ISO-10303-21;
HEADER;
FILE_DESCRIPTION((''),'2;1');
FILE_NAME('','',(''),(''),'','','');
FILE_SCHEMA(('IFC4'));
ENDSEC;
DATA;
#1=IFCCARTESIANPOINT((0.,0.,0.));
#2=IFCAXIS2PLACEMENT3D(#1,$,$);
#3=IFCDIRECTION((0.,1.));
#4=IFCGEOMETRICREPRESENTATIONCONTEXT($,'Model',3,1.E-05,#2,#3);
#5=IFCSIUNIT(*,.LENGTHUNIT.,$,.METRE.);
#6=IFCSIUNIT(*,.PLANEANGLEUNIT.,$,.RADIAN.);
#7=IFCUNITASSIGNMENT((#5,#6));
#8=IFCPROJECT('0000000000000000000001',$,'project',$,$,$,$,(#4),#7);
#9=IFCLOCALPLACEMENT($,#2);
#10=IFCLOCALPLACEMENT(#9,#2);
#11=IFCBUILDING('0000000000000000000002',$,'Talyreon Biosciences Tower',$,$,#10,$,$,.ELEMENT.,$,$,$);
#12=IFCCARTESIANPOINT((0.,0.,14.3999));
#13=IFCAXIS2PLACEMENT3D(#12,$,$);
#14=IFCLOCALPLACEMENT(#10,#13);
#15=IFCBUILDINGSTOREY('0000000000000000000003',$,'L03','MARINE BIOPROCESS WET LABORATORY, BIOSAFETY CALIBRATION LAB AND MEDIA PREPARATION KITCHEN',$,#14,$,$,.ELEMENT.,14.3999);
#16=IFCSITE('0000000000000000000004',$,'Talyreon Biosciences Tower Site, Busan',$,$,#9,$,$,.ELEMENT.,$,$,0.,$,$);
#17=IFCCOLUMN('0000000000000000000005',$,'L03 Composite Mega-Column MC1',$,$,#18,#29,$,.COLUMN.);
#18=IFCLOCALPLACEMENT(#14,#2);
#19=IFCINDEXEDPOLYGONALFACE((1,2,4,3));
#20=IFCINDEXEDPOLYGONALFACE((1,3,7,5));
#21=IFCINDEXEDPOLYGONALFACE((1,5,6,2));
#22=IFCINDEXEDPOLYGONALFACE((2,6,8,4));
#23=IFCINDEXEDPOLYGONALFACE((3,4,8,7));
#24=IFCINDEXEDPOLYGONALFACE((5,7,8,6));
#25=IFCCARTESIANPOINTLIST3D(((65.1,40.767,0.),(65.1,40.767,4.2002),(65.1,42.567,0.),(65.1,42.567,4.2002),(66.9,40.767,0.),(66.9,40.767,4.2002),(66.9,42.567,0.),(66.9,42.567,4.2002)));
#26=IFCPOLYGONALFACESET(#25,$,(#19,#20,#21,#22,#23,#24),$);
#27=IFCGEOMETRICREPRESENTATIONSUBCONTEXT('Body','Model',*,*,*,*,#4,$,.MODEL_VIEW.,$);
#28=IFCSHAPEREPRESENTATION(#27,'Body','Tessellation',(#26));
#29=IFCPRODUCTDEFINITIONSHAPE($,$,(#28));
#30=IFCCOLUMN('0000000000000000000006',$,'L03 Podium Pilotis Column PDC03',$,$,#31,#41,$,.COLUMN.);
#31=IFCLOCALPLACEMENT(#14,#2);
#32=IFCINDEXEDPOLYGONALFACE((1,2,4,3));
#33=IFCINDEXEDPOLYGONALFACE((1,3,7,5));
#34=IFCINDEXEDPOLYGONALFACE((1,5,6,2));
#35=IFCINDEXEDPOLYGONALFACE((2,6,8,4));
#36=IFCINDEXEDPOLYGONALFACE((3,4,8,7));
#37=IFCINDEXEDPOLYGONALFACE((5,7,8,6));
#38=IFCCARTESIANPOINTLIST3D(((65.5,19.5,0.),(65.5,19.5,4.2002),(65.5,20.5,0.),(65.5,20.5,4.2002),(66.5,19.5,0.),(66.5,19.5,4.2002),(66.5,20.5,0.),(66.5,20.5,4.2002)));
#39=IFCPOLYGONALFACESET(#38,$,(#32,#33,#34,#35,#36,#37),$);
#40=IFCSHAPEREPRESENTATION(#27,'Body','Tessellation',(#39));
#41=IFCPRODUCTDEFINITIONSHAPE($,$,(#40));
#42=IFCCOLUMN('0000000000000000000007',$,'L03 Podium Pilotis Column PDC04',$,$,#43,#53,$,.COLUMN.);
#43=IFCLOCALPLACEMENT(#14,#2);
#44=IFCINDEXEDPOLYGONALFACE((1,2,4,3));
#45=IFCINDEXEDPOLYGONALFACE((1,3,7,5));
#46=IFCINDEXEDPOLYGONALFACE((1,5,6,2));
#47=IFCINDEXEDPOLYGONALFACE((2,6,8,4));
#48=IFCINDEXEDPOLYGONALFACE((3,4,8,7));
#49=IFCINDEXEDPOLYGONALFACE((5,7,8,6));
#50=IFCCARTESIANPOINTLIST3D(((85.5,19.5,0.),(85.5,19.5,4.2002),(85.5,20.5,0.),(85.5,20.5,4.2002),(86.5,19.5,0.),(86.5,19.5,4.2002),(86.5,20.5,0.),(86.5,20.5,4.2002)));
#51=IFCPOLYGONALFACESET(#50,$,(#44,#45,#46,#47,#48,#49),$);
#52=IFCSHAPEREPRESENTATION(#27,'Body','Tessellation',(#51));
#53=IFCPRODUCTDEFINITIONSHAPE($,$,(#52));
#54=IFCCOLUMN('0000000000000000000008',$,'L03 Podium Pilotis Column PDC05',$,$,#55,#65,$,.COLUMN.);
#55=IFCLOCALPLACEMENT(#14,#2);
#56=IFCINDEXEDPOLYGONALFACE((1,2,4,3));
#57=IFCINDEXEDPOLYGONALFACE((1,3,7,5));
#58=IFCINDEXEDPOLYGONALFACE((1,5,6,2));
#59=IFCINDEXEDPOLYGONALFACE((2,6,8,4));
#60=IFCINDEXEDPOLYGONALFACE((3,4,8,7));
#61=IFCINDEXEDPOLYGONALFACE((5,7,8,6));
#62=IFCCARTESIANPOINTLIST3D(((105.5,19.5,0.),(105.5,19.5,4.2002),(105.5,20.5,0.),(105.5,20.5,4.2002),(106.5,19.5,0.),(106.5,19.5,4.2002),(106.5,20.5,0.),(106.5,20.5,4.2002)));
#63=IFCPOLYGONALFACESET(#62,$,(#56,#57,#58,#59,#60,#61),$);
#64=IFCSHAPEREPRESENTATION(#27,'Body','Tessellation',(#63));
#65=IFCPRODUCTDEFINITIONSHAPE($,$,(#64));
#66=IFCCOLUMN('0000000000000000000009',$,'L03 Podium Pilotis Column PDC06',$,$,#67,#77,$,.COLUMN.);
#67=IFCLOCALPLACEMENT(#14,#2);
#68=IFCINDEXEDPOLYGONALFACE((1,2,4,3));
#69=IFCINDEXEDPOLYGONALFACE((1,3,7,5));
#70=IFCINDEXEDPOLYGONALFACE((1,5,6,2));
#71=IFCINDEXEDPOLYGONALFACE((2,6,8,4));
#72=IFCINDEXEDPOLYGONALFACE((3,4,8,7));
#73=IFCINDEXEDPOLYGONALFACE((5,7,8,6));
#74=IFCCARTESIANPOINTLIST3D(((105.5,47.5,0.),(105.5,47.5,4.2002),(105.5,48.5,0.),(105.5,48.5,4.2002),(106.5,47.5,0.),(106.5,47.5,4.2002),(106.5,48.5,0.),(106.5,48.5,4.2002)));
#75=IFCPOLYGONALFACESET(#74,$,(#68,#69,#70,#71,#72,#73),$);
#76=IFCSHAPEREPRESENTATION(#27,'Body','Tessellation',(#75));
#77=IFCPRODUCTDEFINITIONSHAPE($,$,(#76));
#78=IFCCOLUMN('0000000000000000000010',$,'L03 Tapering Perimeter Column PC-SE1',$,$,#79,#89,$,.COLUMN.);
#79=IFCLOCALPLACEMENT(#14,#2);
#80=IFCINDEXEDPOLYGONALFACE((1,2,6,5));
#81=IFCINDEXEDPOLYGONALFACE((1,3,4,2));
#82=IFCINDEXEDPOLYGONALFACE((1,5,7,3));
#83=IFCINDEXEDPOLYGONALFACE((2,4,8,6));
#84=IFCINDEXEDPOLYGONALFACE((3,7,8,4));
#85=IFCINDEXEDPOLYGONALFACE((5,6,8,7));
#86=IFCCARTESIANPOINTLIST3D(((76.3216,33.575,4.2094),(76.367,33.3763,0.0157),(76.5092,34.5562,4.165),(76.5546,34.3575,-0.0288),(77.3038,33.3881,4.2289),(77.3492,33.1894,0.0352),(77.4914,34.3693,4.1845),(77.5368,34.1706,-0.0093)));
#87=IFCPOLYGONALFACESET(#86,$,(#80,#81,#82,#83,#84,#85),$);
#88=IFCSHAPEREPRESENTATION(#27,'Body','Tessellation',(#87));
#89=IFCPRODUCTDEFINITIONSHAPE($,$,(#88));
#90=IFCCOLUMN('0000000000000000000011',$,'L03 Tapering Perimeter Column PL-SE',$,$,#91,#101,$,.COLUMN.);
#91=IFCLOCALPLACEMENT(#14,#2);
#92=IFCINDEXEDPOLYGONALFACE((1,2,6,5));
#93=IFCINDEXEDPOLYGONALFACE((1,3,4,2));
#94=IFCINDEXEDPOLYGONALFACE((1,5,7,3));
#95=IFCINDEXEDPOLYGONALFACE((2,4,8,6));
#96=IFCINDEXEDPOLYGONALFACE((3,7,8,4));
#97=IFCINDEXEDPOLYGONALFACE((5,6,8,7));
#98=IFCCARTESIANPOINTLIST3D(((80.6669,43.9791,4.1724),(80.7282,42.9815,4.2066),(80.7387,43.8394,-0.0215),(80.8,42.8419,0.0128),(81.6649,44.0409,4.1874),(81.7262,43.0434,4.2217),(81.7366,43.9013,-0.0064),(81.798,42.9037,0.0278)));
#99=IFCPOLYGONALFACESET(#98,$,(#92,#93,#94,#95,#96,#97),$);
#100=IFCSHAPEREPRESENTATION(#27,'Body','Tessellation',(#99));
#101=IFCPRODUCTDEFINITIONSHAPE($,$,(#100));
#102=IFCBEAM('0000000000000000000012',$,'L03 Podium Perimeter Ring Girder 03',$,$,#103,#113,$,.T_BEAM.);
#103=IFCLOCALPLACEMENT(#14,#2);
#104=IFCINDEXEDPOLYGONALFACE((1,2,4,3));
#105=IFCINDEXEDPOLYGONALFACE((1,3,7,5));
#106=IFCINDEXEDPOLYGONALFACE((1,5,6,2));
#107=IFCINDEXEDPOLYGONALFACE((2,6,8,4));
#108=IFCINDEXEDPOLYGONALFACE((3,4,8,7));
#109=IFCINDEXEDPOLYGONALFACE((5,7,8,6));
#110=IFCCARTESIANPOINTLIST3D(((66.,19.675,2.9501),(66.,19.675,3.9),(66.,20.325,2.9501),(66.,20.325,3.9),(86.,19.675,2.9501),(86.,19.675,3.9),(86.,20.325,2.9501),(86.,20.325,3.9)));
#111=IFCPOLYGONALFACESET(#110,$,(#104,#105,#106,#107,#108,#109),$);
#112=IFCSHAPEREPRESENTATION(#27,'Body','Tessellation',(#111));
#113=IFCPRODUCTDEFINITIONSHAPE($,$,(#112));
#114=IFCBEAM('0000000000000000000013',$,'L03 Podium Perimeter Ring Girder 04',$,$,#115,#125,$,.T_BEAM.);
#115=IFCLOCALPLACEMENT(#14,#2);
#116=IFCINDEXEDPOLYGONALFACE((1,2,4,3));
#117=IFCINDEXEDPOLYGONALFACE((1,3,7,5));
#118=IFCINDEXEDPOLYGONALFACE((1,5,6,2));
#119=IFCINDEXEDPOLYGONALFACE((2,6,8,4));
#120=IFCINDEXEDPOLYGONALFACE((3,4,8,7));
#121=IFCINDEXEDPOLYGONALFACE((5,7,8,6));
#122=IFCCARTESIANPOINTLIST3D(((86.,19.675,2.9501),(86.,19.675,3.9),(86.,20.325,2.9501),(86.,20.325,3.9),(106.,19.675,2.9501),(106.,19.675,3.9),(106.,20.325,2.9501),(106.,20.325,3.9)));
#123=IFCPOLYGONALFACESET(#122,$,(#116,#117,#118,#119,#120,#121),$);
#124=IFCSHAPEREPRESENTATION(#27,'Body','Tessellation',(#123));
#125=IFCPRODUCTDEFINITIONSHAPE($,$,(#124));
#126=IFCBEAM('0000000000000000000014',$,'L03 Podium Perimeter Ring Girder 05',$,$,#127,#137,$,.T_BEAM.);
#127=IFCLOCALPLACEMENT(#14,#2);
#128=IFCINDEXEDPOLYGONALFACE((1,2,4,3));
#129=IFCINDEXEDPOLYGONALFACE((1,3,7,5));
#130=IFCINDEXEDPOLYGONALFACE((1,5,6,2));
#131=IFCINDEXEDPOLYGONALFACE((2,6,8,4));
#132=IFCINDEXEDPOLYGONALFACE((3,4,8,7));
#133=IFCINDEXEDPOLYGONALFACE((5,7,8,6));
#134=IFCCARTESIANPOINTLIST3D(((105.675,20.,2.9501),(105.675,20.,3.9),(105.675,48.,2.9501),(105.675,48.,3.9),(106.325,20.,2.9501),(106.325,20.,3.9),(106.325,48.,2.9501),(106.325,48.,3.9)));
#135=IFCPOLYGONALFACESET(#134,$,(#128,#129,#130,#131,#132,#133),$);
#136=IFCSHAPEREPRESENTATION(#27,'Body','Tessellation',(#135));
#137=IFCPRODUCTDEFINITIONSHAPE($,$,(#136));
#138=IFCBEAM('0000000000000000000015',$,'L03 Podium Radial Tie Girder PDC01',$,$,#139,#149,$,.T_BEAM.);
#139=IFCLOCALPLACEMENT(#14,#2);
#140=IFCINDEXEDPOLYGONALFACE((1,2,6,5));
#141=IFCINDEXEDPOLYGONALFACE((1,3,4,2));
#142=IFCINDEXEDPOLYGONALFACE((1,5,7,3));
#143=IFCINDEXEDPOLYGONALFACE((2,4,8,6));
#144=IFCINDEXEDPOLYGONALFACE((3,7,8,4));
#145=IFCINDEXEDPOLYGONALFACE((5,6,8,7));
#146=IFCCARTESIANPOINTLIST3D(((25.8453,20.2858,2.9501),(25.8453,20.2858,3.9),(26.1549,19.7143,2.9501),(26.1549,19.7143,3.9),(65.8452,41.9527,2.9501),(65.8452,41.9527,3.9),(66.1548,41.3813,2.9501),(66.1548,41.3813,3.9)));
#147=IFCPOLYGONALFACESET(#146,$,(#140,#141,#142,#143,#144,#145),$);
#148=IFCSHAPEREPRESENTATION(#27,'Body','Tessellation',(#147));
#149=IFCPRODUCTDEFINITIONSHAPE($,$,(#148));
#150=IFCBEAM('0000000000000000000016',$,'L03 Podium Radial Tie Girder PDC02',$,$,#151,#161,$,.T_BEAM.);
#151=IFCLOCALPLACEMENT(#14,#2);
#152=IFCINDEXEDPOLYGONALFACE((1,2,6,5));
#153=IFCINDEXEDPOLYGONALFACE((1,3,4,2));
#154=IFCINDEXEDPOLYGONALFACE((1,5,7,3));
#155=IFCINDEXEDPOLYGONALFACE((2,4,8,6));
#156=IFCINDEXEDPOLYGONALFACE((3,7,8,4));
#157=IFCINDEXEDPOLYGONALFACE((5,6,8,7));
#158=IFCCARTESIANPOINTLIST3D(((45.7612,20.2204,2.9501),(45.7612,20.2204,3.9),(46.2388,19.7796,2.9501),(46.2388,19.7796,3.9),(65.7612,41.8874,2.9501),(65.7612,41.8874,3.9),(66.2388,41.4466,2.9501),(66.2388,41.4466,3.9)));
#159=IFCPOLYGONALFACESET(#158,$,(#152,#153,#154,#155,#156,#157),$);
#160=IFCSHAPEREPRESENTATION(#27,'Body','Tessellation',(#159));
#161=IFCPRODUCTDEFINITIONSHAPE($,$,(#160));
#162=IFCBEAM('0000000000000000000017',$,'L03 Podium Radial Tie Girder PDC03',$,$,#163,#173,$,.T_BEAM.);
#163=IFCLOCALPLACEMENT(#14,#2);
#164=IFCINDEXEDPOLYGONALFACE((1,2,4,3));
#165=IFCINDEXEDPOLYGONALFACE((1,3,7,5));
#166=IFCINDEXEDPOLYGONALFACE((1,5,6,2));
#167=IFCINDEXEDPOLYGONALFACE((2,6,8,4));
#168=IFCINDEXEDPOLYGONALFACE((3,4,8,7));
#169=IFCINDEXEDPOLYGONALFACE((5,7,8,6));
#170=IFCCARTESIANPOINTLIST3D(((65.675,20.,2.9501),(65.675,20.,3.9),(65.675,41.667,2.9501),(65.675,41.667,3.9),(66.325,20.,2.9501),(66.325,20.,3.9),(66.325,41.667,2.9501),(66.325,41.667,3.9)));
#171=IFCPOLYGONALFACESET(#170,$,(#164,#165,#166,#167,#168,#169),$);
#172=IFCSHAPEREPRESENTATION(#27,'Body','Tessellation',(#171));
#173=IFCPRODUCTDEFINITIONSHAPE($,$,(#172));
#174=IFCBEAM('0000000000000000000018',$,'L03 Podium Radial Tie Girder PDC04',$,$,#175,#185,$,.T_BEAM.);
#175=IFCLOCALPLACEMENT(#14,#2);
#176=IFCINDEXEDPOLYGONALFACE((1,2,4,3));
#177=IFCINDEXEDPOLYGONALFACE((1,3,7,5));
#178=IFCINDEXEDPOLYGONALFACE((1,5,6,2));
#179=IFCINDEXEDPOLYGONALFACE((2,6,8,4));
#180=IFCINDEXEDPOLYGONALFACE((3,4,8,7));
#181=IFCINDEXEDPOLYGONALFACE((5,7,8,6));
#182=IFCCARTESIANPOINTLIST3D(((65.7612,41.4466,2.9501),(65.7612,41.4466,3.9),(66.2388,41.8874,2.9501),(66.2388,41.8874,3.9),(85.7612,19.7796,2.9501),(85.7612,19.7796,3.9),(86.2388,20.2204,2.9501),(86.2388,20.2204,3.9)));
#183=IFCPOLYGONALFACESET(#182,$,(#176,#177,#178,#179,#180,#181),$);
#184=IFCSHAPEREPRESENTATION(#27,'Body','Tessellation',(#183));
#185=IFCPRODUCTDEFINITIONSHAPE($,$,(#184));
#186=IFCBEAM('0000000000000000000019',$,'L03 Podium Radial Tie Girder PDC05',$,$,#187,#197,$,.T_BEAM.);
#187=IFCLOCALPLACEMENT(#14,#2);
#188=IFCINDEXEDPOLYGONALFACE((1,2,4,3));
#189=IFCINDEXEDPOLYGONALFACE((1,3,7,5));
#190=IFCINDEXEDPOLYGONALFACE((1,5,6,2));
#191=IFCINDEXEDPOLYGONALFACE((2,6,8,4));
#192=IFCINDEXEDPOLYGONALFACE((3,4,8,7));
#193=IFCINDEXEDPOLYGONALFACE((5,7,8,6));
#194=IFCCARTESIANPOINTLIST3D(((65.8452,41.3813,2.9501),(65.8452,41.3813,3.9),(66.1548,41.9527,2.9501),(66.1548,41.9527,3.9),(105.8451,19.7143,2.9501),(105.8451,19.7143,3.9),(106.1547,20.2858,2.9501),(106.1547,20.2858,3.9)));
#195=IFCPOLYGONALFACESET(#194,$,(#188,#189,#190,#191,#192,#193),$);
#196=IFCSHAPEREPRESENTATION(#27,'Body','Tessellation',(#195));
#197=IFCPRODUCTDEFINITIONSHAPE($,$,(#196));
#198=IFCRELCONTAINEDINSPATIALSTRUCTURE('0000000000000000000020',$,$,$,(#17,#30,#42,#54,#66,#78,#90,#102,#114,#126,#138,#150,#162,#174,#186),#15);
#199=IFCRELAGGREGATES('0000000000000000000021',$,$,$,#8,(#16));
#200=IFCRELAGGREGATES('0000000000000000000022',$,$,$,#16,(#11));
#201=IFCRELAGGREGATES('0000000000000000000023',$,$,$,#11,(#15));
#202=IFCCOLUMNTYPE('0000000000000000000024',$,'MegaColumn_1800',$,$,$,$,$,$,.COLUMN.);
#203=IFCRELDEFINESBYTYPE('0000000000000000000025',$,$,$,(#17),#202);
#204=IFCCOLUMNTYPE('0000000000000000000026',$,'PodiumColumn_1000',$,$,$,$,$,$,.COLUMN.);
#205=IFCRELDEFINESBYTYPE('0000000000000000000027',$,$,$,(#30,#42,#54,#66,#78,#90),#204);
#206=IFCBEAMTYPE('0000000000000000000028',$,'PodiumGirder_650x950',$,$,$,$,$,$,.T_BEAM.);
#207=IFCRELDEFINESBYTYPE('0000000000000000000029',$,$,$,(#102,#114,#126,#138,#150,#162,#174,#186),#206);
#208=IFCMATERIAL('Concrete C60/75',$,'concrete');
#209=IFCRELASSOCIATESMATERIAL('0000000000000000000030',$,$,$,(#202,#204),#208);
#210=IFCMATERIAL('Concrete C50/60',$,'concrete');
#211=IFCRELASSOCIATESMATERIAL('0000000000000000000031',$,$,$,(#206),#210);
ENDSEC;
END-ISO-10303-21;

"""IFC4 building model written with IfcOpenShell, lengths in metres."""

from ifc_helpers import new_model, si_unit, direction, frame, origin, origin_2d, place, context, subcontext, project, spatial, rectangle, extrude, material, material_profile, profile_set, type_object, element, save


model = new_model("IFC4")

# Units and contexts
model_context = context("Model", 3, precision=1e-05, world=origin(), true_north=direction((0.0, 1.0)))
body_context = subcontext(model_context, "Body", "Model", "MODEL_VIEW")
ifc_project = project(units=[si_unit("LENGTHUNIT", "METRE"), si_unit("PLANEANGLEUNIT", "RADIAN")], contexts=[model_context])

# Site, building, storey
site_placement = place(None, origin())
site = spatial("IfcSite", under=ifc_project, at=site_placement, Name="Talyreon Biosciences Tower Site, Busan", CompositionType="ELEMENT", RefElevation=0.0)
building_placement = place(site_placement, origin())
building = spatial("IfcBuilding", under=site, at=building_placement, Name="Talyreon Biosciences Tower", CompositionType="ELEMENT")
storey_placement = place(building_placement, frame((0.0, 0.0, 14.3999)))
storey = spatial("IfcBuildingStorey", under=building, at=storey_placement, Name="L03", Description="MARINE BIOPROCESS WET LABORATORY, BIOSAFETY CALIBRATION LAB AND MEDIA PREPARATION KITCHEN", CompositionType="ELEMENT", Elevation=14.3999)

# Columns
ifc_material_1 = material(Name="Concrete C60/75", Category="concrete")
ifc_material_profile_1 = material_profile(ifc_material_1, rectangle(XDim=1.8, YDim=1.8, at=origin_2d()), Name="RC 1800x1800")
ifc_profile_set_1 = profile_set([ifc_material_profile_1], Name="Concrete C60/75")
column_type_1 = type_object("IfcColumnType", Name="MegaColumn_1800", PredefinedType="COLUMN", material=ifc_profile_set_1)
column_1_placement = place(storey_placement, frame((66.0, 41.667, 0.0), z_axis=(0.0, 0.0, 1.0), x_axis=(1.0, 0.0, 0.0)))
element("IfcColumn", 1, at=column_1_placement, inside=storey, type_object=column_type_1, Name="L03 Composite Mega-Column MC1", PredefinedType="COLUMN", context=body_context, shape_type="SweptSolid", body=[
    extrude(rectangle(XDim=1.8, YDim=1.8, at=origin_2d()), origin(), (0.0, 0.0, 1.0), 4.2002),
])
ifc_material_profile_2 = material_profile(ifc_material_1, rectangle(XDim=1.0, YDim=1.0, at=origin_2d()), Name="RC 1000x1000")
ifc_profile_set_2 = profile_set([ifc_material_profile_2], Name="Concrete C60/75")
column_type_2 = type_object("IfcColumnType", Name="PodiumColumn_1000", PredefinedType="COLUMN", material=ifc_profile_set_2)
for number, where, z_axis, x_axis, name in (
    (2, (66.0, 20.0, 0.0), (0.0, 0.0, 1.0), (1.0, 0.0, 0.0), "L03 Podium Pilotis Column PDC03"),
    (3, (86.0, 20.0, 0.0), (0.0, 0.0, 1.0), (1.0, 0.0, 0.0), "L03 Podium Pilotis Column PDC04"),
    (4, (106.0, 20.0, 0.0), (0.0, 0.0, 1.0), (1.0, 0.0, 0.0), "L03 Podium Pilotis Column PDC05"),
    (5, (106.0, 48.0, 0.0), (0.0, 0.0, 1.0), (1.0, 0.0, 0.0), "L03 Podium Pilotis Column PDC06"),
):
    element("IfcColumn", number, at=place(storey_placement, frame(where, z_axis=z_axis, x_axis=x_axis)), inside=storey, type_object=column_type_2, Name=name, PredefinedType="COLUMN", context=body_context, shape_type="SweptSolid", body=[
        extrude(rectangle(XDim=1.0, YDim=1.0, at=origin_2d()), origin(), (0.0, 0.0, 1.0), 4.2002),
    ])
column_2_placement = place(storey_placement, frame((76.9519, 33.7734, 0.0032), z_axis=(-0.010815, 0.04733, 0.998821), x_axis=(-0.187602, -0.981238, 0.044466)))
element("IfcColumn", 6, at=column_2_placement, inside=storey, type_object=column_type_2, Name="L03 Tapering Perimeter Column PC-SE1", PredefinedType="COLUMN", context=body_context, shape_type="SweptSolid", body=[
    extrude(rectangle(XDim=1.0, YDim=1.0, at=origin_2d()), origin(), (0.0, 0.0, 1.0), 4.1987),
])
column_3_placement = place(storey_placement, frame((81.2683, 43.3716, 0.0032), z_axis=(-0.017103, 0.033275, 0.9993), x_axis=(0.061322, -0.99753, 0.034266)))
element("IfcColumn", 7, at=column_3_placement, inside=storey, type_object=column_type_2, Name="L03 Tapering Perimeter Column PL-SE", PredefinedType="COLUMN", context=body_context, shape_type="SweptSolid", body=[
    extrude(rectangle(XDim=1.0, YDim=1.0, at=origin_2d()), origin(), (0.0, 0.0, 1.0), 4.1968),
])

# Beams
ifc_material_2 = material(Name="Concrete C50/60", Category="concrete")
ifc_material_profile_3 = material_profile(ifc_material_2, rectangle(XDim=0.6499, YDim=0.95, at=origin_2d()), Name="RCB 650x950")
ifc_profile_set_3 = profile_set([ifc_material_profile_3], Name="Concrete C50/60")
beam_type_1 = type_object("IfcBeamType", Name="PodiumGirder_650x950", PredefinedType="T_BEAM", material=ifc_profile_set_3)
for number, where, z_axis, x_axis, name in (
    (8, (66.0, 20.0, 3.425), (1.0, 0.0, 0.0), (0.0, 1.0, 0.0), "L03 Podium Perimeter Ring Girder 03"),
    (9, (86.0, 20.0, 3.425), (1.0, 0.0, 0.0), (0.0, 1.0, 0.0), "L03 Podium Perimeter Ring Girder 04"),
):
    element("IfcBeam", number, at=place(storey_placement, frame(where, z_axis=z_axis, x_axis=x_axis)), inside=storey, type_object=beam_type_1, Name=name, PredefinedType="T_BEAM", context=body_context, shape_type="SweptSolid", body=[
        extrude(rectangle(XDim=0.6499, YDim=0.95, at=origin_2d()), origin(), (0.0, 0.0, 1.0), 20.0),
    ])
beam_1_placement = place(storey_placement, frame((106.0, 20.0, 3.425), z_axis=(0.0, 1.0, 0.0), x_axis=(-1.0, 0.0, 0.0)))
element("IfcBeam", 10, at=beam_1_placement, inside=storey, type_object=beam_type_1, Name="L03 Podium Perimeter Ring Girder 05", PredefinedType="T_BEAM", context=body_context, shape_type="SweptSolid", body=[
    extrude(rectangle(XDim=0.6499, YDim=0.95, at=origin_2d()), origin(), (0.0, 0.0, 1.0), 28.0),
])
beam_2_placement = place(storey_placement, frame((66.0, 41.667, 3.425), z_axis=(-0.879289, -0.476289, 0.0), x_axis=(0.476289, -0.879289, 0.0)))
element("IfcBeam", 11, at=beam_2_placement, inside=storey, type_object=beam_type_1, Name="L03 Podium Radial Tie Girder PDC01", PredefinedType="T_BEAM", context=body_context, shape_type="SweptSolid", body=[
    extrude(rectangle(XDim=0.6499, YDim=0.95, at=origin_2d()), origin(), (0.0, 0.0, 1.0), 45.4912),
])
beam_3_placement = place(storey_placement, frame((66.0, 41.667, 3.425), z_axis=(-0.678275, -0.734809, 0.0), x_axis=(0.734809, -0.678275, 0.0)))
element("IfcBeam", 12, at=beam_3_placement, inside=storey, type_object=beam_type_1, Name="L03 Podium Radial Tie Girder PDC02", PredefinedType="T_BEAM", context=body_context, shape_type="SweptSolid", body=[
    extrude(rectangle(XDim=0.6499, YDim=0.95, at=origin_2d()), origin(), (0.0, 0.0, 1.0), 29.4866),
])
beam_4_placement = place(storey_placement, frame((66.0, 41.667, 3.425), z_axis=(0.0, -1.0, 0.0), x_axis=(1.0, 0.0, 0.0)))
element("IfcBeam", 13, at=beam_4_placement, inside=storey, type_object=beam_type_1, Name="L03 Podium Radial Tie Girder PDC03", PredefinedType="T_BEAM", context=body_context, shape_type="SweptSolid", body=[
    extrude(rectangle(XDim=0.6499, YDim=0.95, at=origin_2d()), origin(), (0.0, 0.0, 1.0), 21.667),
])
beam_5_placement = place(storey_placement, frame((66.0, 41.667, 3.425), z_axis=(0.678275, -0.734809, 0.0), x_axis=(0.734809, 0.678275, 0.0)))
element("IfcBeam", 14, at=beam_5_placement, inside=storey, type_object=beam_type_1, Name="L03 Podium Radial Tie Girder PDC04", PredefinedType="T_BEAM", context=body_context, shape_type="SweptSolid", body=[
    extrude(rectangle(XDim=0.6499, YDim=0.95, at=origin_2d()), origin(), (0.0, 0.0, 1.0), 29.4866),
])
beam_6_placement = place(storey_placement, frame((66.0, 41.667, 3.425), z_axis=(0.879289, -0.476289, 0.0), x_axis=(0.476289, 0.879289, 0.0)))
element("IfcBeam", 15, at=beam_6_placement, inside=storey, type_object=beam_type_1, Name="L03 Podium Radial Tie Girder PDC05", PredefinedType="T_BEAM", context=body_context, shape_type="SweptSolid", body=[
    extrude(rectangle(XDim=0.6499, YDim=0.95, at=origin_2d()), origin(), (0.0, 0.0, 1.0), 45.4912),
])

save(model, "model.ifc")
